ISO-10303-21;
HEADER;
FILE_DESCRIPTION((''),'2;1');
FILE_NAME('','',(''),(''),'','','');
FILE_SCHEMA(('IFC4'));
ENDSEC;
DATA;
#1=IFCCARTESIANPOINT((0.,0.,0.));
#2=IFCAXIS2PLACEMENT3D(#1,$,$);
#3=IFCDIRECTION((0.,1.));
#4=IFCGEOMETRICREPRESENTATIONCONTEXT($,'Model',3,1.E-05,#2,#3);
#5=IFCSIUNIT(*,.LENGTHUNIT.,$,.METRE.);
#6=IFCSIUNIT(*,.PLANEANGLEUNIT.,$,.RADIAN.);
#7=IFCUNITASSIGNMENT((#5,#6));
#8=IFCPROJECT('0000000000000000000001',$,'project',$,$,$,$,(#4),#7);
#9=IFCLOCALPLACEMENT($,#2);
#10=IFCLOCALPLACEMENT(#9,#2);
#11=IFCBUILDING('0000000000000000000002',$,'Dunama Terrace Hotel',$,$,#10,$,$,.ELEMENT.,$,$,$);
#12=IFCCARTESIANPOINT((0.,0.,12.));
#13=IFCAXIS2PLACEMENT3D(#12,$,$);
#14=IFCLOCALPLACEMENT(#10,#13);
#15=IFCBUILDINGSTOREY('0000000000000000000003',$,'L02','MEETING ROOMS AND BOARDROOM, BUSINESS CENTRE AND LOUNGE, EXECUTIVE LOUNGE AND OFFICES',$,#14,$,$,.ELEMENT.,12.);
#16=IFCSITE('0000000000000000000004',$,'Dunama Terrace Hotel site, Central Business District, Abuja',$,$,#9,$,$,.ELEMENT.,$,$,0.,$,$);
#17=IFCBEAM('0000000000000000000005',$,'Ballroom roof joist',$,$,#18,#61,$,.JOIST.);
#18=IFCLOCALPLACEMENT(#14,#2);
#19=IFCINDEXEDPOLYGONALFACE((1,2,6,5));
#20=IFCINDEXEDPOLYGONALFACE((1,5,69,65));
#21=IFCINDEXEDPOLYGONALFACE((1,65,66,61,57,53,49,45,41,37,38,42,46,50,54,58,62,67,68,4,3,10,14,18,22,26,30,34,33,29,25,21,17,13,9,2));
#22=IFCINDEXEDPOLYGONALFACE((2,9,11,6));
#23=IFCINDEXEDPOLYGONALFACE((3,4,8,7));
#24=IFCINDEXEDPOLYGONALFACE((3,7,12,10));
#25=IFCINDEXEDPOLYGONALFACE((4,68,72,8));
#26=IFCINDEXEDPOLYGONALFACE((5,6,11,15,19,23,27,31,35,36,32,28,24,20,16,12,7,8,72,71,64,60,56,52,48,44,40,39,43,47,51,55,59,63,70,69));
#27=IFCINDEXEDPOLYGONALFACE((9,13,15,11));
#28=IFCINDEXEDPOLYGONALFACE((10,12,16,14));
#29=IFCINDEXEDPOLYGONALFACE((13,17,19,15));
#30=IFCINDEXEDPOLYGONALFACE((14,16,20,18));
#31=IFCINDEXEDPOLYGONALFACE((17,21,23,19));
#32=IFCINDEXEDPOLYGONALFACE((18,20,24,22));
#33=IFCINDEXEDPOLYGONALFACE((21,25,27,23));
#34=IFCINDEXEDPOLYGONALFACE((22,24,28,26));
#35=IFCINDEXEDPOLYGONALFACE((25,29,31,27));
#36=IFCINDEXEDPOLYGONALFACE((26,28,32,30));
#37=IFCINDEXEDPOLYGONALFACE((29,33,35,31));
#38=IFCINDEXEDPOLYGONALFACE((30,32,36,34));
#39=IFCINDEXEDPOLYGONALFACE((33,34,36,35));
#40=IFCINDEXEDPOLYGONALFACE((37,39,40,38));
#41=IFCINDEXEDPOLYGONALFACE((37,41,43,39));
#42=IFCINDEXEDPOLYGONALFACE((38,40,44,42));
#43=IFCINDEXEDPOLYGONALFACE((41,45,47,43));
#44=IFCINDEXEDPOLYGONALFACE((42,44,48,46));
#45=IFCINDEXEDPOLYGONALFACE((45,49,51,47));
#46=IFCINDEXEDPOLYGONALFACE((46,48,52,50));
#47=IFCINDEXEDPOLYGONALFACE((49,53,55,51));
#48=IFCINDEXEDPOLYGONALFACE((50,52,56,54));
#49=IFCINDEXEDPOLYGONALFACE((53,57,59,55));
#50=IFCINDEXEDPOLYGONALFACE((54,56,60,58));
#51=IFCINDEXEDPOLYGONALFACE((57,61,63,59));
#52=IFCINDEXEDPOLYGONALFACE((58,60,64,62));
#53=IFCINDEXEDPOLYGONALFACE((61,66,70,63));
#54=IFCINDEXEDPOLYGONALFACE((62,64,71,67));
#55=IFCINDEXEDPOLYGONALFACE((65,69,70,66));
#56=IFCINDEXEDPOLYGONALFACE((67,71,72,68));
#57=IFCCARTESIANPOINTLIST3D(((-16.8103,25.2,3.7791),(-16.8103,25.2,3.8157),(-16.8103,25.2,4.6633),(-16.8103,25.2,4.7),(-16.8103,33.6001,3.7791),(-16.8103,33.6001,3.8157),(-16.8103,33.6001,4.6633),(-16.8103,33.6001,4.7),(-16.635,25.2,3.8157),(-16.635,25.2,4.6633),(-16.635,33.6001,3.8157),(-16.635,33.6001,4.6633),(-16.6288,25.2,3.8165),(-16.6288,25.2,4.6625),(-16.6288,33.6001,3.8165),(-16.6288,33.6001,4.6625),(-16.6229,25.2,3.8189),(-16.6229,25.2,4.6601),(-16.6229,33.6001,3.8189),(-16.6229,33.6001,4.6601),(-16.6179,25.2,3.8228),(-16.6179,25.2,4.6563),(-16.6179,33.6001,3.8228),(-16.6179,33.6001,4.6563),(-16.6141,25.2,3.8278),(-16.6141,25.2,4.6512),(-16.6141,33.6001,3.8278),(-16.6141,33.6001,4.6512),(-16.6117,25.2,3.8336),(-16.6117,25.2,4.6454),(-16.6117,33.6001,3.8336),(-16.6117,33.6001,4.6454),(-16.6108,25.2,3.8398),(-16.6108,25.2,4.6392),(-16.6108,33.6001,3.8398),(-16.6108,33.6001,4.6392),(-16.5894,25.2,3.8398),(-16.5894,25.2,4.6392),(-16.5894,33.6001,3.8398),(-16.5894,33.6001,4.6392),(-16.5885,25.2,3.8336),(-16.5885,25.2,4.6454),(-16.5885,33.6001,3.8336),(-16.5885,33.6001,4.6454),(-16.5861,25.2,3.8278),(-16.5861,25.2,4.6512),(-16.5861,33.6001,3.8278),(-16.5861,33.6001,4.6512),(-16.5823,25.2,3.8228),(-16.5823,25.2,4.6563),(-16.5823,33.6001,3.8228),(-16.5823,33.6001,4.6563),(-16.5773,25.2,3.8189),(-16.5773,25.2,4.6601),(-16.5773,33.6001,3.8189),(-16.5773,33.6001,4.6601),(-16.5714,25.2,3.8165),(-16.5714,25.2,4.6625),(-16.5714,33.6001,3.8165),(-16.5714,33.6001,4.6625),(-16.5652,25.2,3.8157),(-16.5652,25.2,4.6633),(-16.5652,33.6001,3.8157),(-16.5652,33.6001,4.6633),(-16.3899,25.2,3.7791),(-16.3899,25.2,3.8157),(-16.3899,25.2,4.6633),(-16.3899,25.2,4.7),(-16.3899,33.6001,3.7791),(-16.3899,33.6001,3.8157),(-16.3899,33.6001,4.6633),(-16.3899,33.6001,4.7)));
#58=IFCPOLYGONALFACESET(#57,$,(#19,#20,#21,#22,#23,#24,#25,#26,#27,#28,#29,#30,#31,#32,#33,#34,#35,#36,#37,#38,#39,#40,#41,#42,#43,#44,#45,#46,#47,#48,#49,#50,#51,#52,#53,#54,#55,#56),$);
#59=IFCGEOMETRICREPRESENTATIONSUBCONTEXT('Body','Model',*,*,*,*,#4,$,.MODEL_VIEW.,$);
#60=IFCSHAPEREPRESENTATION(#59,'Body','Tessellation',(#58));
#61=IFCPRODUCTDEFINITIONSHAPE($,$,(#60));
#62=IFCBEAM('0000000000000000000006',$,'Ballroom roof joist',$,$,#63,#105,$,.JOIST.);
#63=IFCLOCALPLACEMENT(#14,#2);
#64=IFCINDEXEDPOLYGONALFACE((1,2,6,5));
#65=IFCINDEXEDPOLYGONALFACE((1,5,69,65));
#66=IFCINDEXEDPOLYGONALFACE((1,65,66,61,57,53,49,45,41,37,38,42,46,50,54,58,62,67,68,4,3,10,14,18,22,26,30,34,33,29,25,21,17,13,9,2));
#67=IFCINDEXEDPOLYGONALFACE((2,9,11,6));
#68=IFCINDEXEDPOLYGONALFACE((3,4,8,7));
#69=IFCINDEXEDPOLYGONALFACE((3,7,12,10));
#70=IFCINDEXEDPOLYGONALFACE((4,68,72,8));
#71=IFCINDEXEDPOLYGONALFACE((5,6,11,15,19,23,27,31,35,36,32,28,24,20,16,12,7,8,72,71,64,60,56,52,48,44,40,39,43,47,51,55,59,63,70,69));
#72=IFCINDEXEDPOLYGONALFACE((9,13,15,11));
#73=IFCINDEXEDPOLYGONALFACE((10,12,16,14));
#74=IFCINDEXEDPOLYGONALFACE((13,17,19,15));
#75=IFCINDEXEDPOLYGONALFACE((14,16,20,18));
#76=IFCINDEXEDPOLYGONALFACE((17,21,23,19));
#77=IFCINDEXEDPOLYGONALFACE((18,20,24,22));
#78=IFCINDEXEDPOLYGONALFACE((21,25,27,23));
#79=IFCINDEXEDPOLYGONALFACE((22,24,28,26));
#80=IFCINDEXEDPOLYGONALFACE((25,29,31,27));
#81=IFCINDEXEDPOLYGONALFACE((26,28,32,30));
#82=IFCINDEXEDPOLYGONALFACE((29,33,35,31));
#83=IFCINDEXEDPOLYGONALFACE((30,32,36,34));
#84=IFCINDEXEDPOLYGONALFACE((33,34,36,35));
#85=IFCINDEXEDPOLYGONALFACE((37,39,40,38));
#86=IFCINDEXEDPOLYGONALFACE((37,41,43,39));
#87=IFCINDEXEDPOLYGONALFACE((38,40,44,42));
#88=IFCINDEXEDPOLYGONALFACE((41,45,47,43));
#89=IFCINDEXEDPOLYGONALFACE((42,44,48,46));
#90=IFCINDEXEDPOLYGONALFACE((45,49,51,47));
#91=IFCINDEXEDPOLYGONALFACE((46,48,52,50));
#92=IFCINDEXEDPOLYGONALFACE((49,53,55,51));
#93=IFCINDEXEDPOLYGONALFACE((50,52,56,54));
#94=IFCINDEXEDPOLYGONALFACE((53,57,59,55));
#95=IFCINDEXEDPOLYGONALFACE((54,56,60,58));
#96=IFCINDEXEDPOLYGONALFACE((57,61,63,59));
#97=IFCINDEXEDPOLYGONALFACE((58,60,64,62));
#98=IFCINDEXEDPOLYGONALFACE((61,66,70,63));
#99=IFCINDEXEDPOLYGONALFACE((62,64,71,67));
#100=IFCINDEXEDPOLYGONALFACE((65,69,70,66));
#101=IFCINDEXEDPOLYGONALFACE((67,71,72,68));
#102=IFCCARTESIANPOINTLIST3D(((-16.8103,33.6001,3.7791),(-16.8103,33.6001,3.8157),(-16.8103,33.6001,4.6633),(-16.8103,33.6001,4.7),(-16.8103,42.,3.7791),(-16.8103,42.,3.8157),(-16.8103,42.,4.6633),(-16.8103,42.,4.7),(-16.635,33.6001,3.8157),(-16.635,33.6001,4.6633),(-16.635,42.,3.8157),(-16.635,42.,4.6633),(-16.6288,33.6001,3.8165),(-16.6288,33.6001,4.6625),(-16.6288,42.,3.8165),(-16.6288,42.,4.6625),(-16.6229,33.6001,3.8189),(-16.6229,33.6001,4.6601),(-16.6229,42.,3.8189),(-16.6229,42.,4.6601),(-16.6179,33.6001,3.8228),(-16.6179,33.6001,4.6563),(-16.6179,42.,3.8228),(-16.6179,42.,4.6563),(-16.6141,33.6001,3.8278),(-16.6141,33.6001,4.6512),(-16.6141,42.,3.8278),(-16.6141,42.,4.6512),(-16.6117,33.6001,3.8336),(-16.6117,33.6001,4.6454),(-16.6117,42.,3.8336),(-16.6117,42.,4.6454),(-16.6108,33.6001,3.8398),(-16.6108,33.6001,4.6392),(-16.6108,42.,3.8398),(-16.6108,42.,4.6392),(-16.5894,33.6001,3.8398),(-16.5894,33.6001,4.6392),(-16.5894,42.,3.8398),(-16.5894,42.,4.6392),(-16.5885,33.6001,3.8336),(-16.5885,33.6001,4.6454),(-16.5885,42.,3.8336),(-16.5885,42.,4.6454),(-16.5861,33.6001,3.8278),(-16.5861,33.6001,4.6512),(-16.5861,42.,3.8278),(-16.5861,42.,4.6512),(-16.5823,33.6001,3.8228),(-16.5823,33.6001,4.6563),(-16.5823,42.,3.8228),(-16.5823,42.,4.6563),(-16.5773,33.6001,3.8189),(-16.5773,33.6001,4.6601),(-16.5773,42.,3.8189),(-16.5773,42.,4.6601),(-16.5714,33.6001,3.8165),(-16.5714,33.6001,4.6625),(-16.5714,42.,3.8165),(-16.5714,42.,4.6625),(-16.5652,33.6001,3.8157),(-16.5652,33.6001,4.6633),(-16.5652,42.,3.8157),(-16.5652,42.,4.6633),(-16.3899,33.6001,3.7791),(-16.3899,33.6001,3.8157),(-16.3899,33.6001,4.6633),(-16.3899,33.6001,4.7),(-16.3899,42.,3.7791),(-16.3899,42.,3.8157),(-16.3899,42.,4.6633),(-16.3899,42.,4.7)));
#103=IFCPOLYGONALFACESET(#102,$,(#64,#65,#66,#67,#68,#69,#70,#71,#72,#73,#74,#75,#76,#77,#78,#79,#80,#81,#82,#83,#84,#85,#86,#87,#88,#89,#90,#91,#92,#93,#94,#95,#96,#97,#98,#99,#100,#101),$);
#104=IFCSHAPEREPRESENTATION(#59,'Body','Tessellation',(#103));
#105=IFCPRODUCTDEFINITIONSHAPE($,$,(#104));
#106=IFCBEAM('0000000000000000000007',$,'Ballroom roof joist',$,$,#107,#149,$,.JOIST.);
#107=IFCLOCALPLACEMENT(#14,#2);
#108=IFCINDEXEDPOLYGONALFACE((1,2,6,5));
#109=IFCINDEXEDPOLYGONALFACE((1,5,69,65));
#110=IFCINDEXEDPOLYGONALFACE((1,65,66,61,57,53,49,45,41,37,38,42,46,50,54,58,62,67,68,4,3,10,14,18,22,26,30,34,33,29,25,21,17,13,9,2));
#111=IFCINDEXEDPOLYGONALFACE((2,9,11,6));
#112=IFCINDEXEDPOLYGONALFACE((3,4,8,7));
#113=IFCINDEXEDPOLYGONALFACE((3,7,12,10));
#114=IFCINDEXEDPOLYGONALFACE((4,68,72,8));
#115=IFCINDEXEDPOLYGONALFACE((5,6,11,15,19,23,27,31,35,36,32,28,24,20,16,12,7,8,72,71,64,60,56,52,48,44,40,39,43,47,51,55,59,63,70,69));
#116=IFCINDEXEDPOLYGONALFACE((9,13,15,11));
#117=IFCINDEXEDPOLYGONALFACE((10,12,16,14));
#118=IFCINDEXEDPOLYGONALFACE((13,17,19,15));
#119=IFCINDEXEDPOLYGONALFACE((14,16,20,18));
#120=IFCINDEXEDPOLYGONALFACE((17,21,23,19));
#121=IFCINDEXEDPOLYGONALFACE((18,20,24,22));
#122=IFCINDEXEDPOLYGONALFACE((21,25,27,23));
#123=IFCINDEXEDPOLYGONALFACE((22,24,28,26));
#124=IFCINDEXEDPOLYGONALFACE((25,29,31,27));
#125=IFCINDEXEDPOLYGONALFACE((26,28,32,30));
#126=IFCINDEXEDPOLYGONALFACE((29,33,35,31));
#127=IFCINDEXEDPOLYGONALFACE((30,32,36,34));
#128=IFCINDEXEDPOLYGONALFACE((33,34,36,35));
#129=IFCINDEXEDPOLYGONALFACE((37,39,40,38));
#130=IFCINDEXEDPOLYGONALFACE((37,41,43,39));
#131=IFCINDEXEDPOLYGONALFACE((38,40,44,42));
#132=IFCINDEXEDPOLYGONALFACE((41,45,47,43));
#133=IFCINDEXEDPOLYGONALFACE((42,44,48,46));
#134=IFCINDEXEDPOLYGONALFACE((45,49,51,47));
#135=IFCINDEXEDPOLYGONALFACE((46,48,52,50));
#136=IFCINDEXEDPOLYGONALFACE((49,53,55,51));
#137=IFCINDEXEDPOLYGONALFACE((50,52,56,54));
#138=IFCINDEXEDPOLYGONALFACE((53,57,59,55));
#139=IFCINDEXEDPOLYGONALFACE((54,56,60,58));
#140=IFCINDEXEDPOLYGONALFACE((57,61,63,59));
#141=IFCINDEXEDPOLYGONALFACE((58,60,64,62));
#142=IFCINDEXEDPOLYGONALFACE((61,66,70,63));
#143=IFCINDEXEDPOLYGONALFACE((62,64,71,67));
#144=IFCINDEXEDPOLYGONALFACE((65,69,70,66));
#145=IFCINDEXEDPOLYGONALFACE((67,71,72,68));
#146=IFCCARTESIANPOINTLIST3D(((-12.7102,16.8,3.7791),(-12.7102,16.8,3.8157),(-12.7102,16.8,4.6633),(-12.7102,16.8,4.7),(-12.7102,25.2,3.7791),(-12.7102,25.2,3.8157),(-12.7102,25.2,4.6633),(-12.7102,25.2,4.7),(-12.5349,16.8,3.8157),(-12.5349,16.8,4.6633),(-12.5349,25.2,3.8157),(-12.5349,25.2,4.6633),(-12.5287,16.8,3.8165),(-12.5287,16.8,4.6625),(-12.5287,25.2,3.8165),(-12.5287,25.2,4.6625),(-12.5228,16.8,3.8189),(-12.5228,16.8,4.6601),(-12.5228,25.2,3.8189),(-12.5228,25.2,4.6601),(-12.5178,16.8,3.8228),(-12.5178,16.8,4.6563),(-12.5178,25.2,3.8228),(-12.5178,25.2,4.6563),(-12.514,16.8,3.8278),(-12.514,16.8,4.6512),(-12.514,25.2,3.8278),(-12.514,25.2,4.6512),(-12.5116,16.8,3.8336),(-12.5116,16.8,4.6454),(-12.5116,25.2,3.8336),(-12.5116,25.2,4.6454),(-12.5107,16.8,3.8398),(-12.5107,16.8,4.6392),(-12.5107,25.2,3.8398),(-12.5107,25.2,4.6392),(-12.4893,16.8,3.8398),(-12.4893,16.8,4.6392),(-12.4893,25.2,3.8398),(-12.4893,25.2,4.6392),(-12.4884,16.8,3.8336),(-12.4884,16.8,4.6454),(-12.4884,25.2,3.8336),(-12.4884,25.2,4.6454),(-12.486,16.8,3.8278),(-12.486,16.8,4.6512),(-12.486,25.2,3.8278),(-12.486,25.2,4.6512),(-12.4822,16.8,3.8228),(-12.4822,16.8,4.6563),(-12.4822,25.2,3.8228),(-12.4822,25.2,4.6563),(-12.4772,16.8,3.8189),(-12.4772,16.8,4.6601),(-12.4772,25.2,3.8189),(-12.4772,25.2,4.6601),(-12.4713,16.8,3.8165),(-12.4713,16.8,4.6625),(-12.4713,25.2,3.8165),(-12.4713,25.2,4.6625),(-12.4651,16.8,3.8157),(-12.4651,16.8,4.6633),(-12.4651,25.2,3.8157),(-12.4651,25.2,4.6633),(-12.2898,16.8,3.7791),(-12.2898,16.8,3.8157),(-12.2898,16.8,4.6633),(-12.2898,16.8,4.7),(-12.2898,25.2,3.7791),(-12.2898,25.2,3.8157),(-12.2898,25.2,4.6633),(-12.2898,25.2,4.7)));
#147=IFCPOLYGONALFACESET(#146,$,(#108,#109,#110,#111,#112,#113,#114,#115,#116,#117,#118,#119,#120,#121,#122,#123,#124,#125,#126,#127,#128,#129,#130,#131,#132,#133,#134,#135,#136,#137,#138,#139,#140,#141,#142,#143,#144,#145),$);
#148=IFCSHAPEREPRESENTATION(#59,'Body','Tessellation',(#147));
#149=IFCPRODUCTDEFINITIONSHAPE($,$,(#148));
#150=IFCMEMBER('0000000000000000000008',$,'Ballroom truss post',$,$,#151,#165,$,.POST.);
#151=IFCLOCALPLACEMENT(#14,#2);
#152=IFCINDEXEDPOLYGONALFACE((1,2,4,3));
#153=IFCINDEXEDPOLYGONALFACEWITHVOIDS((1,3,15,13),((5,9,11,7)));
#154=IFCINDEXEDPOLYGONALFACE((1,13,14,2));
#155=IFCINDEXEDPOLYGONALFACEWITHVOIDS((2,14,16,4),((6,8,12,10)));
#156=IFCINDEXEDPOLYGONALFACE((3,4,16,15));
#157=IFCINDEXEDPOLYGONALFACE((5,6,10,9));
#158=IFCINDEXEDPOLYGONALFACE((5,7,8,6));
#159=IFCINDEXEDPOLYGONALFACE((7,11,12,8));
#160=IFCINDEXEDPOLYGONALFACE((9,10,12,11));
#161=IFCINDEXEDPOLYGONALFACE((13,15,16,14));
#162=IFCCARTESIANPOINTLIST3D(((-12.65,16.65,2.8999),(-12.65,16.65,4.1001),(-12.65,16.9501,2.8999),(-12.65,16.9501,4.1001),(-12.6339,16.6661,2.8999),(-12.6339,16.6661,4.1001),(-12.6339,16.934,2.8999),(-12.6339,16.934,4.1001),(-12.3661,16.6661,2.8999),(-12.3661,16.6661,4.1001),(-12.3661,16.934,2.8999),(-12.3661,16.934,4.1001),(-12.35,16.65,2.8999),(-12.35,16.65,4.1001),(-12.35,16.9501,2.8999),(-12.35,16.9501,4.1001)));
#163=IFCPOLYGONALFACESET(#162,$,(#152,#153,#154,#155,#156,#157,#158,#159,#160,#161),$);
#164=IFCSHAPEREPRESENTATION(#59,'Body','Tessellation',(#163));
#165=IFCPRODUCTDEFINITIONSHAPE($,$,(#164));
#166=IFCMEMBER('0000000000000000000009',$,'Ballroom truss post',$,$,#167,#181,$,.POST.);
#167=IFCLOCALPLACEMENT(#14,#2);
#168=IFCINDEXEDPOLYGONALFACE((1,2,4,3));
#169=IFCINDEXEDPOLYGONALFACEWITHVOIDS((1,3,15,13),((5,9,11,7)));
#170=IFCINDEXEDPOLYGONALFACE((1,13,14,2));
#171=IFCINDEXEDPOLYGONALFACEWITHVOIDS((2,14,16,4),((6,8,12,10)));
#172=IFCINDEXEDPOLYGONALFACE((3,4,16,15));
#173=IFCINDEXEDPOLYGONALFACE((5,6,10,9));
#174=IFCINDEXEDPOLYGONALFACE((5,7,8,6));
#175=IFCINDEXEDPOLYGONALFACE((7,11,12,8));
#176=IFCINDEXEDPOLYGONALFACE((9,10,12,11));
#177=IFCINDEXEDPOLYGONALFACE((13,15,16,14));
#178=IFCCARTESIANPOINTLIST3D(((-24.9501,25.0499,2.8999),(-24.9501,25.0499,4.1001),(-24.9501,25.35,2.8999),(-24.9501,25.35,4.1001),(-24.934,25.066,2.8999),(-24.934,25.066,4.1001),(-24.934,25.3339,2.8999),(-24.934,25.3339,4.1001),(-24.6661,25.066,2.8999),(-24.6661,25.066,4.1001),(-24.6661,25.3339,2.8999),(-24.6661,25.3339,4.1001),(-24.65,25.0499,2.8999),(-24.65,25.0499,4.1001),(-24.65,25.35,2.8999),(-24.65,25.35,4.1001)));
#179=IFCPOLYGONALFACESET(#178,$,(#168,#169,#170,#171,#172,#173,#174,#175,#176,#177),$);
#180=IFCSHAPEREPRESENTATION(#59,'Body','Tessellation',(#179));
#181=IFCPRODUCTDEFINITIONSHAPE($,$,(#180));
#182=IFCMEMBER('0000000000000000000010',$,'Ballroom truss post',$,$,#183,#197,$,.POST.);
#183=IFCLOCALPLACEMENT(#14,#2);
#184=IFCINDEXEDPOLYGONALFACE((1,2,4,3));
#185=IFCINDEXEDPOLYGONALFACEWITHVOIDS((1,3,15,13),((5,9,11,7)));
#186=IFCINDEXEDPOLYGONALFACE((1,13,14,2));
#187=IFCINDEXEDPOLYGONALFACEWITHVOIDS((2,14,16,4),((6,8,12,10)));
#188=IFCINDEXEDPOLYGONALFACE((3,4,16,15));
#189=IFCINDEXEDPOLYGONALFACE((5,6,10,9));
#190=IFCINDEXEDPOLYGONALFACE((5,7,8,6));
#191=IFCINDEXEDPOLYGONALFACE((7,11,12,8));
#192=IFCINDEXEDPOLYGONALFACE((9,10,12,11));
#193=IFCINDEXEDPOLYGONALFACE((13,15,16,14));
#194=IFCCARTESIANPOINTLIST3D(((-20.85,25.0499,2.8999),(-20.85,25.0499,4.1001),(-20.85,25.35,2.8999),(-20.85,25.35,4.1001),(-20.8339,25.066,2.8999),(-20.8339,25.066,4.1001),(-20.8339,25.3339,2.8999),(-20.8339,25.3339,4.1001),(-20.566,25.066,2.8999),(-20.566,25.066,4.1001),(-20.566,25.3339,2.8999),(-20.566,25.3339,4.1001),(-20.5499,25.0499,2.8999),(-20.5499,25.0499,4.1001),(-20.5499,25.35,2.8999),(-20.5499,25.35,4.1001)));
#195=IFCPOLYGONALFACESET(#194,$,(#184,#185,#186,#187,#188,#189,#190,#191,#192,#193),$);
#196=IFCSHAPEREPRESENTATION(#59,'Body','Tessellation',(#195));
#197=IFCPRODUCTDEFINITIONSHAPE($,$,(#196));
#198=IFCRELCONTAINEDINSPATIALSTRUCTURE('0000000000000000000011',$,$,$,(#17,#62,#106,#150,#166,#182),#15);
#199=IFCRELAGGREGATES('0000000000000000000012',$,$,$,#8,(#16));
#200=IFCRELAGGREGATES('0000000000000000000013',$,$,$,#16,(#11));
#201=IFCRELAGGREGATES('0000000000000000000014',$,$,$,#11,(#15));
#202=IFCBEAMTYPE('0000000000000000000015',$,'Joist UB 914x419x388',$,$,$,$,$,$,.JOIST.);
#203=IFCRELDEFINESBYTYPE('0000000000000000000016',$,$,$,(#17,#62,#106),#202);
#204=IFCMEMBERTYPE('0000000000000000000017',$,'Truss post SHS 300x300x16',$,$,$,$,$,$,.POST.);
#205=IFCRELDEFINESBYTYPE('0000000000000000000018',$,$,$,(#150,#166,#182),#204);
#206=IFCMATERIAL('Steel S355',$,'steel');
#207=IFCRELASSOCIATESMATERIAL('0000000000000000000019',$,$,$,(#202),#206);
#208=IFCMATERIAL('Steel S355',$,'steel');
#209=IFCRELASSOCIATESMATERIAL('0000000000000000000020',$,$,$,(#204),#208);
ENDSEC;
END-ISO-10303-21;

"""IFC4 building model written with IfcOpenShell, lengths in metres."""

from ifc_helpers import new_model, si_unit, direction, frame, origin, origin_2d, place, context, subcontext, project, spatial, hollow_rectangle, i_section, extrude, material, material_profile, profile_set, type_object, element, save


model = new_model("IFC4")

# Units and contexts
model_context = context("Model", 3, precision=1e-05, world=origin(), true_north=direction((0.0, 1.0)))
body_context = subcontext(model_context, "Body", "Model", "MODEL_VIEW")
ifc_project = project(units=[si_unit("LENGTHUNIT", "METRE"), si_unit("PLANEANGLEUNIT", "RADIAN")], contexts=[model_context])

# Site, building, storey
site_placement = place(None, origin())
site = spatial("IfcSite", under=ifc_project, at=site_placement, Name="Dunama Terrace Hotel site, Central Business District, Abuja", CompositionType="ELEMENT", RefElevation=0.0)
building_placement = place(site_placement, origin())
building = spatial("IfcBuilding", under=site, at=building_placement, Name="Dunama Terrace Hotel", CompositionType="ELEMENT")
storey_placement = place(building_placement, frame((0.0, 0.0, 12.0)))
storey = spatial("IfcBuildingStorey", under=building, at=storey_placement, Name="L02", Description="MEETING ROOMS AND BOARDROOM, BUSINESS CENTRE AND LOUNGE, EXECUTIVE LOUNGE AND OFFICES", CompositionType="ELEMENT", Elevation=12.0)

# Beams
ifc_material_1 = material(Name="Steel S355", Category="steel")
ifc_material_profile_1 = material_profile(ifc_material_1, i_section(OverallWidth=0.4204, OverallDepth=0.9209, WebThickness=0.0215, FlangeThickness=0.0366, FilletRadius=0.0242, at=origin_2d()), Name="UB 914x419x388")
ifc_profile_set_1 = profile_set([ifc_material_profile_1], Name="Steel S355")
beam_type = type_object("IfcBeamType", Name="Joist UB 914x419x388", PredefinedType="JOIST", material=ifc_profile_set_1)
beam_1_placement = place(storey_placement, frame((-16.6001, 25.2, 4.2395), z_axis=(0.0, 1.0, 0.0), x_axis=(-1.0, 0.0, 0.0)))
element("IfcBeam", 1, at=beam_1_placement, inside=storey, type_object=beam_type, Name="Ballroom roof joist", PredefinedType="JOIST", context=body_context, shape_type="SweptSolid", body=[
    extrude(i_section(OverallWidth=0.4204, OverallDepth=0.9209, WebThickness=0.0215, FlangeThickness=0.0366, FilletRadius=0.0242, at=origin_2d()), origin(), (0.0, 0.0, 1.0), 8.4001),
])
for number, where, z_axis, x_axis, name in (
    (2, (-16.6001, 33.6001, 4.2395), (0.0, 1.0, 0.0), (-1.0, 0.0, 0.0), "Ballroom roof joist"),
    (3, (-12.5, 16.8, 4.2395), (0.0, 1.0, 0.0), (-1.0, 0.0, 0.0), "Ballroom roof joist"),
):
    element("IfcBeam", number, at=place(storey_placement, frame(where, z_axis=z_axis, x_axis=x_axis)), inside=storey, type_object=beam_type, Name=name, PredefinedType="JOIST", context=body_context, shape_type="SweptSolid", body=[
        extrude(i_section(OverallWidth=0.4204, OverallDepth=0.9209, WebThickness=0.0215, FlangeThickness=0.0366, FilletRadius=0.0242, at=origin_2d()), origin(), (0.0, 0.0, 1.0), 8.3999),
    ])

# Members
ifc_material_2 = material(Name="Steel S355", Category="steel")
ifc_material_profile_2 = material_profile(ifc_material_2, hollow_rectangle(XDim=0.3, YDim=0.3, WallThickness=0.0161, at=origin_2d()), Name="SHS 300x300x16")
ifc_profile_set_2 = profile_set([ifc_material_profile_2], Name="Steel S355")
member_type_1 = type_object("IfcMemberType", Name="Truss post SHS 300x300x16", PredefinedType="POST", material=ifc_profile_set_2)
for number, where, z_axis, x_axis, name in (
    (4, (-12.5, 16.8, 2.8999), (0.0, 0.0, 1.0), (1.0, 0.0, 0.0), "Ballroom truss post"),
    (5, (-24.8, 25.2, 2.8999), (0.0, 0.0, 1.0), (1.0, 0.0, 0.0), "Ballroom truss post"),
    (6, (-20.7, 25.2, 2.8999), (0.0, 0.0, 1.0), (1.0, 0.0, 0.0), "Ballroom truss post"),
):
    element("IfcMember", number, at=place(storey_placement, frame(where, z_axis=z_axis, x_axis=x_axis)), inside=storey, type_object=member_type_1, Name=name, PredefinedType="POST", context=body_context, shape_type="SweptSolid", body=[
        extrude(hollow_rectangle(XDim=0.3, YDim=0.3, WallThickness=0.0161, at=origin_2d()), origin(), (0.0, 0.0, 1.0), 1.2002),
    ])

save(model, "model.ifc")
